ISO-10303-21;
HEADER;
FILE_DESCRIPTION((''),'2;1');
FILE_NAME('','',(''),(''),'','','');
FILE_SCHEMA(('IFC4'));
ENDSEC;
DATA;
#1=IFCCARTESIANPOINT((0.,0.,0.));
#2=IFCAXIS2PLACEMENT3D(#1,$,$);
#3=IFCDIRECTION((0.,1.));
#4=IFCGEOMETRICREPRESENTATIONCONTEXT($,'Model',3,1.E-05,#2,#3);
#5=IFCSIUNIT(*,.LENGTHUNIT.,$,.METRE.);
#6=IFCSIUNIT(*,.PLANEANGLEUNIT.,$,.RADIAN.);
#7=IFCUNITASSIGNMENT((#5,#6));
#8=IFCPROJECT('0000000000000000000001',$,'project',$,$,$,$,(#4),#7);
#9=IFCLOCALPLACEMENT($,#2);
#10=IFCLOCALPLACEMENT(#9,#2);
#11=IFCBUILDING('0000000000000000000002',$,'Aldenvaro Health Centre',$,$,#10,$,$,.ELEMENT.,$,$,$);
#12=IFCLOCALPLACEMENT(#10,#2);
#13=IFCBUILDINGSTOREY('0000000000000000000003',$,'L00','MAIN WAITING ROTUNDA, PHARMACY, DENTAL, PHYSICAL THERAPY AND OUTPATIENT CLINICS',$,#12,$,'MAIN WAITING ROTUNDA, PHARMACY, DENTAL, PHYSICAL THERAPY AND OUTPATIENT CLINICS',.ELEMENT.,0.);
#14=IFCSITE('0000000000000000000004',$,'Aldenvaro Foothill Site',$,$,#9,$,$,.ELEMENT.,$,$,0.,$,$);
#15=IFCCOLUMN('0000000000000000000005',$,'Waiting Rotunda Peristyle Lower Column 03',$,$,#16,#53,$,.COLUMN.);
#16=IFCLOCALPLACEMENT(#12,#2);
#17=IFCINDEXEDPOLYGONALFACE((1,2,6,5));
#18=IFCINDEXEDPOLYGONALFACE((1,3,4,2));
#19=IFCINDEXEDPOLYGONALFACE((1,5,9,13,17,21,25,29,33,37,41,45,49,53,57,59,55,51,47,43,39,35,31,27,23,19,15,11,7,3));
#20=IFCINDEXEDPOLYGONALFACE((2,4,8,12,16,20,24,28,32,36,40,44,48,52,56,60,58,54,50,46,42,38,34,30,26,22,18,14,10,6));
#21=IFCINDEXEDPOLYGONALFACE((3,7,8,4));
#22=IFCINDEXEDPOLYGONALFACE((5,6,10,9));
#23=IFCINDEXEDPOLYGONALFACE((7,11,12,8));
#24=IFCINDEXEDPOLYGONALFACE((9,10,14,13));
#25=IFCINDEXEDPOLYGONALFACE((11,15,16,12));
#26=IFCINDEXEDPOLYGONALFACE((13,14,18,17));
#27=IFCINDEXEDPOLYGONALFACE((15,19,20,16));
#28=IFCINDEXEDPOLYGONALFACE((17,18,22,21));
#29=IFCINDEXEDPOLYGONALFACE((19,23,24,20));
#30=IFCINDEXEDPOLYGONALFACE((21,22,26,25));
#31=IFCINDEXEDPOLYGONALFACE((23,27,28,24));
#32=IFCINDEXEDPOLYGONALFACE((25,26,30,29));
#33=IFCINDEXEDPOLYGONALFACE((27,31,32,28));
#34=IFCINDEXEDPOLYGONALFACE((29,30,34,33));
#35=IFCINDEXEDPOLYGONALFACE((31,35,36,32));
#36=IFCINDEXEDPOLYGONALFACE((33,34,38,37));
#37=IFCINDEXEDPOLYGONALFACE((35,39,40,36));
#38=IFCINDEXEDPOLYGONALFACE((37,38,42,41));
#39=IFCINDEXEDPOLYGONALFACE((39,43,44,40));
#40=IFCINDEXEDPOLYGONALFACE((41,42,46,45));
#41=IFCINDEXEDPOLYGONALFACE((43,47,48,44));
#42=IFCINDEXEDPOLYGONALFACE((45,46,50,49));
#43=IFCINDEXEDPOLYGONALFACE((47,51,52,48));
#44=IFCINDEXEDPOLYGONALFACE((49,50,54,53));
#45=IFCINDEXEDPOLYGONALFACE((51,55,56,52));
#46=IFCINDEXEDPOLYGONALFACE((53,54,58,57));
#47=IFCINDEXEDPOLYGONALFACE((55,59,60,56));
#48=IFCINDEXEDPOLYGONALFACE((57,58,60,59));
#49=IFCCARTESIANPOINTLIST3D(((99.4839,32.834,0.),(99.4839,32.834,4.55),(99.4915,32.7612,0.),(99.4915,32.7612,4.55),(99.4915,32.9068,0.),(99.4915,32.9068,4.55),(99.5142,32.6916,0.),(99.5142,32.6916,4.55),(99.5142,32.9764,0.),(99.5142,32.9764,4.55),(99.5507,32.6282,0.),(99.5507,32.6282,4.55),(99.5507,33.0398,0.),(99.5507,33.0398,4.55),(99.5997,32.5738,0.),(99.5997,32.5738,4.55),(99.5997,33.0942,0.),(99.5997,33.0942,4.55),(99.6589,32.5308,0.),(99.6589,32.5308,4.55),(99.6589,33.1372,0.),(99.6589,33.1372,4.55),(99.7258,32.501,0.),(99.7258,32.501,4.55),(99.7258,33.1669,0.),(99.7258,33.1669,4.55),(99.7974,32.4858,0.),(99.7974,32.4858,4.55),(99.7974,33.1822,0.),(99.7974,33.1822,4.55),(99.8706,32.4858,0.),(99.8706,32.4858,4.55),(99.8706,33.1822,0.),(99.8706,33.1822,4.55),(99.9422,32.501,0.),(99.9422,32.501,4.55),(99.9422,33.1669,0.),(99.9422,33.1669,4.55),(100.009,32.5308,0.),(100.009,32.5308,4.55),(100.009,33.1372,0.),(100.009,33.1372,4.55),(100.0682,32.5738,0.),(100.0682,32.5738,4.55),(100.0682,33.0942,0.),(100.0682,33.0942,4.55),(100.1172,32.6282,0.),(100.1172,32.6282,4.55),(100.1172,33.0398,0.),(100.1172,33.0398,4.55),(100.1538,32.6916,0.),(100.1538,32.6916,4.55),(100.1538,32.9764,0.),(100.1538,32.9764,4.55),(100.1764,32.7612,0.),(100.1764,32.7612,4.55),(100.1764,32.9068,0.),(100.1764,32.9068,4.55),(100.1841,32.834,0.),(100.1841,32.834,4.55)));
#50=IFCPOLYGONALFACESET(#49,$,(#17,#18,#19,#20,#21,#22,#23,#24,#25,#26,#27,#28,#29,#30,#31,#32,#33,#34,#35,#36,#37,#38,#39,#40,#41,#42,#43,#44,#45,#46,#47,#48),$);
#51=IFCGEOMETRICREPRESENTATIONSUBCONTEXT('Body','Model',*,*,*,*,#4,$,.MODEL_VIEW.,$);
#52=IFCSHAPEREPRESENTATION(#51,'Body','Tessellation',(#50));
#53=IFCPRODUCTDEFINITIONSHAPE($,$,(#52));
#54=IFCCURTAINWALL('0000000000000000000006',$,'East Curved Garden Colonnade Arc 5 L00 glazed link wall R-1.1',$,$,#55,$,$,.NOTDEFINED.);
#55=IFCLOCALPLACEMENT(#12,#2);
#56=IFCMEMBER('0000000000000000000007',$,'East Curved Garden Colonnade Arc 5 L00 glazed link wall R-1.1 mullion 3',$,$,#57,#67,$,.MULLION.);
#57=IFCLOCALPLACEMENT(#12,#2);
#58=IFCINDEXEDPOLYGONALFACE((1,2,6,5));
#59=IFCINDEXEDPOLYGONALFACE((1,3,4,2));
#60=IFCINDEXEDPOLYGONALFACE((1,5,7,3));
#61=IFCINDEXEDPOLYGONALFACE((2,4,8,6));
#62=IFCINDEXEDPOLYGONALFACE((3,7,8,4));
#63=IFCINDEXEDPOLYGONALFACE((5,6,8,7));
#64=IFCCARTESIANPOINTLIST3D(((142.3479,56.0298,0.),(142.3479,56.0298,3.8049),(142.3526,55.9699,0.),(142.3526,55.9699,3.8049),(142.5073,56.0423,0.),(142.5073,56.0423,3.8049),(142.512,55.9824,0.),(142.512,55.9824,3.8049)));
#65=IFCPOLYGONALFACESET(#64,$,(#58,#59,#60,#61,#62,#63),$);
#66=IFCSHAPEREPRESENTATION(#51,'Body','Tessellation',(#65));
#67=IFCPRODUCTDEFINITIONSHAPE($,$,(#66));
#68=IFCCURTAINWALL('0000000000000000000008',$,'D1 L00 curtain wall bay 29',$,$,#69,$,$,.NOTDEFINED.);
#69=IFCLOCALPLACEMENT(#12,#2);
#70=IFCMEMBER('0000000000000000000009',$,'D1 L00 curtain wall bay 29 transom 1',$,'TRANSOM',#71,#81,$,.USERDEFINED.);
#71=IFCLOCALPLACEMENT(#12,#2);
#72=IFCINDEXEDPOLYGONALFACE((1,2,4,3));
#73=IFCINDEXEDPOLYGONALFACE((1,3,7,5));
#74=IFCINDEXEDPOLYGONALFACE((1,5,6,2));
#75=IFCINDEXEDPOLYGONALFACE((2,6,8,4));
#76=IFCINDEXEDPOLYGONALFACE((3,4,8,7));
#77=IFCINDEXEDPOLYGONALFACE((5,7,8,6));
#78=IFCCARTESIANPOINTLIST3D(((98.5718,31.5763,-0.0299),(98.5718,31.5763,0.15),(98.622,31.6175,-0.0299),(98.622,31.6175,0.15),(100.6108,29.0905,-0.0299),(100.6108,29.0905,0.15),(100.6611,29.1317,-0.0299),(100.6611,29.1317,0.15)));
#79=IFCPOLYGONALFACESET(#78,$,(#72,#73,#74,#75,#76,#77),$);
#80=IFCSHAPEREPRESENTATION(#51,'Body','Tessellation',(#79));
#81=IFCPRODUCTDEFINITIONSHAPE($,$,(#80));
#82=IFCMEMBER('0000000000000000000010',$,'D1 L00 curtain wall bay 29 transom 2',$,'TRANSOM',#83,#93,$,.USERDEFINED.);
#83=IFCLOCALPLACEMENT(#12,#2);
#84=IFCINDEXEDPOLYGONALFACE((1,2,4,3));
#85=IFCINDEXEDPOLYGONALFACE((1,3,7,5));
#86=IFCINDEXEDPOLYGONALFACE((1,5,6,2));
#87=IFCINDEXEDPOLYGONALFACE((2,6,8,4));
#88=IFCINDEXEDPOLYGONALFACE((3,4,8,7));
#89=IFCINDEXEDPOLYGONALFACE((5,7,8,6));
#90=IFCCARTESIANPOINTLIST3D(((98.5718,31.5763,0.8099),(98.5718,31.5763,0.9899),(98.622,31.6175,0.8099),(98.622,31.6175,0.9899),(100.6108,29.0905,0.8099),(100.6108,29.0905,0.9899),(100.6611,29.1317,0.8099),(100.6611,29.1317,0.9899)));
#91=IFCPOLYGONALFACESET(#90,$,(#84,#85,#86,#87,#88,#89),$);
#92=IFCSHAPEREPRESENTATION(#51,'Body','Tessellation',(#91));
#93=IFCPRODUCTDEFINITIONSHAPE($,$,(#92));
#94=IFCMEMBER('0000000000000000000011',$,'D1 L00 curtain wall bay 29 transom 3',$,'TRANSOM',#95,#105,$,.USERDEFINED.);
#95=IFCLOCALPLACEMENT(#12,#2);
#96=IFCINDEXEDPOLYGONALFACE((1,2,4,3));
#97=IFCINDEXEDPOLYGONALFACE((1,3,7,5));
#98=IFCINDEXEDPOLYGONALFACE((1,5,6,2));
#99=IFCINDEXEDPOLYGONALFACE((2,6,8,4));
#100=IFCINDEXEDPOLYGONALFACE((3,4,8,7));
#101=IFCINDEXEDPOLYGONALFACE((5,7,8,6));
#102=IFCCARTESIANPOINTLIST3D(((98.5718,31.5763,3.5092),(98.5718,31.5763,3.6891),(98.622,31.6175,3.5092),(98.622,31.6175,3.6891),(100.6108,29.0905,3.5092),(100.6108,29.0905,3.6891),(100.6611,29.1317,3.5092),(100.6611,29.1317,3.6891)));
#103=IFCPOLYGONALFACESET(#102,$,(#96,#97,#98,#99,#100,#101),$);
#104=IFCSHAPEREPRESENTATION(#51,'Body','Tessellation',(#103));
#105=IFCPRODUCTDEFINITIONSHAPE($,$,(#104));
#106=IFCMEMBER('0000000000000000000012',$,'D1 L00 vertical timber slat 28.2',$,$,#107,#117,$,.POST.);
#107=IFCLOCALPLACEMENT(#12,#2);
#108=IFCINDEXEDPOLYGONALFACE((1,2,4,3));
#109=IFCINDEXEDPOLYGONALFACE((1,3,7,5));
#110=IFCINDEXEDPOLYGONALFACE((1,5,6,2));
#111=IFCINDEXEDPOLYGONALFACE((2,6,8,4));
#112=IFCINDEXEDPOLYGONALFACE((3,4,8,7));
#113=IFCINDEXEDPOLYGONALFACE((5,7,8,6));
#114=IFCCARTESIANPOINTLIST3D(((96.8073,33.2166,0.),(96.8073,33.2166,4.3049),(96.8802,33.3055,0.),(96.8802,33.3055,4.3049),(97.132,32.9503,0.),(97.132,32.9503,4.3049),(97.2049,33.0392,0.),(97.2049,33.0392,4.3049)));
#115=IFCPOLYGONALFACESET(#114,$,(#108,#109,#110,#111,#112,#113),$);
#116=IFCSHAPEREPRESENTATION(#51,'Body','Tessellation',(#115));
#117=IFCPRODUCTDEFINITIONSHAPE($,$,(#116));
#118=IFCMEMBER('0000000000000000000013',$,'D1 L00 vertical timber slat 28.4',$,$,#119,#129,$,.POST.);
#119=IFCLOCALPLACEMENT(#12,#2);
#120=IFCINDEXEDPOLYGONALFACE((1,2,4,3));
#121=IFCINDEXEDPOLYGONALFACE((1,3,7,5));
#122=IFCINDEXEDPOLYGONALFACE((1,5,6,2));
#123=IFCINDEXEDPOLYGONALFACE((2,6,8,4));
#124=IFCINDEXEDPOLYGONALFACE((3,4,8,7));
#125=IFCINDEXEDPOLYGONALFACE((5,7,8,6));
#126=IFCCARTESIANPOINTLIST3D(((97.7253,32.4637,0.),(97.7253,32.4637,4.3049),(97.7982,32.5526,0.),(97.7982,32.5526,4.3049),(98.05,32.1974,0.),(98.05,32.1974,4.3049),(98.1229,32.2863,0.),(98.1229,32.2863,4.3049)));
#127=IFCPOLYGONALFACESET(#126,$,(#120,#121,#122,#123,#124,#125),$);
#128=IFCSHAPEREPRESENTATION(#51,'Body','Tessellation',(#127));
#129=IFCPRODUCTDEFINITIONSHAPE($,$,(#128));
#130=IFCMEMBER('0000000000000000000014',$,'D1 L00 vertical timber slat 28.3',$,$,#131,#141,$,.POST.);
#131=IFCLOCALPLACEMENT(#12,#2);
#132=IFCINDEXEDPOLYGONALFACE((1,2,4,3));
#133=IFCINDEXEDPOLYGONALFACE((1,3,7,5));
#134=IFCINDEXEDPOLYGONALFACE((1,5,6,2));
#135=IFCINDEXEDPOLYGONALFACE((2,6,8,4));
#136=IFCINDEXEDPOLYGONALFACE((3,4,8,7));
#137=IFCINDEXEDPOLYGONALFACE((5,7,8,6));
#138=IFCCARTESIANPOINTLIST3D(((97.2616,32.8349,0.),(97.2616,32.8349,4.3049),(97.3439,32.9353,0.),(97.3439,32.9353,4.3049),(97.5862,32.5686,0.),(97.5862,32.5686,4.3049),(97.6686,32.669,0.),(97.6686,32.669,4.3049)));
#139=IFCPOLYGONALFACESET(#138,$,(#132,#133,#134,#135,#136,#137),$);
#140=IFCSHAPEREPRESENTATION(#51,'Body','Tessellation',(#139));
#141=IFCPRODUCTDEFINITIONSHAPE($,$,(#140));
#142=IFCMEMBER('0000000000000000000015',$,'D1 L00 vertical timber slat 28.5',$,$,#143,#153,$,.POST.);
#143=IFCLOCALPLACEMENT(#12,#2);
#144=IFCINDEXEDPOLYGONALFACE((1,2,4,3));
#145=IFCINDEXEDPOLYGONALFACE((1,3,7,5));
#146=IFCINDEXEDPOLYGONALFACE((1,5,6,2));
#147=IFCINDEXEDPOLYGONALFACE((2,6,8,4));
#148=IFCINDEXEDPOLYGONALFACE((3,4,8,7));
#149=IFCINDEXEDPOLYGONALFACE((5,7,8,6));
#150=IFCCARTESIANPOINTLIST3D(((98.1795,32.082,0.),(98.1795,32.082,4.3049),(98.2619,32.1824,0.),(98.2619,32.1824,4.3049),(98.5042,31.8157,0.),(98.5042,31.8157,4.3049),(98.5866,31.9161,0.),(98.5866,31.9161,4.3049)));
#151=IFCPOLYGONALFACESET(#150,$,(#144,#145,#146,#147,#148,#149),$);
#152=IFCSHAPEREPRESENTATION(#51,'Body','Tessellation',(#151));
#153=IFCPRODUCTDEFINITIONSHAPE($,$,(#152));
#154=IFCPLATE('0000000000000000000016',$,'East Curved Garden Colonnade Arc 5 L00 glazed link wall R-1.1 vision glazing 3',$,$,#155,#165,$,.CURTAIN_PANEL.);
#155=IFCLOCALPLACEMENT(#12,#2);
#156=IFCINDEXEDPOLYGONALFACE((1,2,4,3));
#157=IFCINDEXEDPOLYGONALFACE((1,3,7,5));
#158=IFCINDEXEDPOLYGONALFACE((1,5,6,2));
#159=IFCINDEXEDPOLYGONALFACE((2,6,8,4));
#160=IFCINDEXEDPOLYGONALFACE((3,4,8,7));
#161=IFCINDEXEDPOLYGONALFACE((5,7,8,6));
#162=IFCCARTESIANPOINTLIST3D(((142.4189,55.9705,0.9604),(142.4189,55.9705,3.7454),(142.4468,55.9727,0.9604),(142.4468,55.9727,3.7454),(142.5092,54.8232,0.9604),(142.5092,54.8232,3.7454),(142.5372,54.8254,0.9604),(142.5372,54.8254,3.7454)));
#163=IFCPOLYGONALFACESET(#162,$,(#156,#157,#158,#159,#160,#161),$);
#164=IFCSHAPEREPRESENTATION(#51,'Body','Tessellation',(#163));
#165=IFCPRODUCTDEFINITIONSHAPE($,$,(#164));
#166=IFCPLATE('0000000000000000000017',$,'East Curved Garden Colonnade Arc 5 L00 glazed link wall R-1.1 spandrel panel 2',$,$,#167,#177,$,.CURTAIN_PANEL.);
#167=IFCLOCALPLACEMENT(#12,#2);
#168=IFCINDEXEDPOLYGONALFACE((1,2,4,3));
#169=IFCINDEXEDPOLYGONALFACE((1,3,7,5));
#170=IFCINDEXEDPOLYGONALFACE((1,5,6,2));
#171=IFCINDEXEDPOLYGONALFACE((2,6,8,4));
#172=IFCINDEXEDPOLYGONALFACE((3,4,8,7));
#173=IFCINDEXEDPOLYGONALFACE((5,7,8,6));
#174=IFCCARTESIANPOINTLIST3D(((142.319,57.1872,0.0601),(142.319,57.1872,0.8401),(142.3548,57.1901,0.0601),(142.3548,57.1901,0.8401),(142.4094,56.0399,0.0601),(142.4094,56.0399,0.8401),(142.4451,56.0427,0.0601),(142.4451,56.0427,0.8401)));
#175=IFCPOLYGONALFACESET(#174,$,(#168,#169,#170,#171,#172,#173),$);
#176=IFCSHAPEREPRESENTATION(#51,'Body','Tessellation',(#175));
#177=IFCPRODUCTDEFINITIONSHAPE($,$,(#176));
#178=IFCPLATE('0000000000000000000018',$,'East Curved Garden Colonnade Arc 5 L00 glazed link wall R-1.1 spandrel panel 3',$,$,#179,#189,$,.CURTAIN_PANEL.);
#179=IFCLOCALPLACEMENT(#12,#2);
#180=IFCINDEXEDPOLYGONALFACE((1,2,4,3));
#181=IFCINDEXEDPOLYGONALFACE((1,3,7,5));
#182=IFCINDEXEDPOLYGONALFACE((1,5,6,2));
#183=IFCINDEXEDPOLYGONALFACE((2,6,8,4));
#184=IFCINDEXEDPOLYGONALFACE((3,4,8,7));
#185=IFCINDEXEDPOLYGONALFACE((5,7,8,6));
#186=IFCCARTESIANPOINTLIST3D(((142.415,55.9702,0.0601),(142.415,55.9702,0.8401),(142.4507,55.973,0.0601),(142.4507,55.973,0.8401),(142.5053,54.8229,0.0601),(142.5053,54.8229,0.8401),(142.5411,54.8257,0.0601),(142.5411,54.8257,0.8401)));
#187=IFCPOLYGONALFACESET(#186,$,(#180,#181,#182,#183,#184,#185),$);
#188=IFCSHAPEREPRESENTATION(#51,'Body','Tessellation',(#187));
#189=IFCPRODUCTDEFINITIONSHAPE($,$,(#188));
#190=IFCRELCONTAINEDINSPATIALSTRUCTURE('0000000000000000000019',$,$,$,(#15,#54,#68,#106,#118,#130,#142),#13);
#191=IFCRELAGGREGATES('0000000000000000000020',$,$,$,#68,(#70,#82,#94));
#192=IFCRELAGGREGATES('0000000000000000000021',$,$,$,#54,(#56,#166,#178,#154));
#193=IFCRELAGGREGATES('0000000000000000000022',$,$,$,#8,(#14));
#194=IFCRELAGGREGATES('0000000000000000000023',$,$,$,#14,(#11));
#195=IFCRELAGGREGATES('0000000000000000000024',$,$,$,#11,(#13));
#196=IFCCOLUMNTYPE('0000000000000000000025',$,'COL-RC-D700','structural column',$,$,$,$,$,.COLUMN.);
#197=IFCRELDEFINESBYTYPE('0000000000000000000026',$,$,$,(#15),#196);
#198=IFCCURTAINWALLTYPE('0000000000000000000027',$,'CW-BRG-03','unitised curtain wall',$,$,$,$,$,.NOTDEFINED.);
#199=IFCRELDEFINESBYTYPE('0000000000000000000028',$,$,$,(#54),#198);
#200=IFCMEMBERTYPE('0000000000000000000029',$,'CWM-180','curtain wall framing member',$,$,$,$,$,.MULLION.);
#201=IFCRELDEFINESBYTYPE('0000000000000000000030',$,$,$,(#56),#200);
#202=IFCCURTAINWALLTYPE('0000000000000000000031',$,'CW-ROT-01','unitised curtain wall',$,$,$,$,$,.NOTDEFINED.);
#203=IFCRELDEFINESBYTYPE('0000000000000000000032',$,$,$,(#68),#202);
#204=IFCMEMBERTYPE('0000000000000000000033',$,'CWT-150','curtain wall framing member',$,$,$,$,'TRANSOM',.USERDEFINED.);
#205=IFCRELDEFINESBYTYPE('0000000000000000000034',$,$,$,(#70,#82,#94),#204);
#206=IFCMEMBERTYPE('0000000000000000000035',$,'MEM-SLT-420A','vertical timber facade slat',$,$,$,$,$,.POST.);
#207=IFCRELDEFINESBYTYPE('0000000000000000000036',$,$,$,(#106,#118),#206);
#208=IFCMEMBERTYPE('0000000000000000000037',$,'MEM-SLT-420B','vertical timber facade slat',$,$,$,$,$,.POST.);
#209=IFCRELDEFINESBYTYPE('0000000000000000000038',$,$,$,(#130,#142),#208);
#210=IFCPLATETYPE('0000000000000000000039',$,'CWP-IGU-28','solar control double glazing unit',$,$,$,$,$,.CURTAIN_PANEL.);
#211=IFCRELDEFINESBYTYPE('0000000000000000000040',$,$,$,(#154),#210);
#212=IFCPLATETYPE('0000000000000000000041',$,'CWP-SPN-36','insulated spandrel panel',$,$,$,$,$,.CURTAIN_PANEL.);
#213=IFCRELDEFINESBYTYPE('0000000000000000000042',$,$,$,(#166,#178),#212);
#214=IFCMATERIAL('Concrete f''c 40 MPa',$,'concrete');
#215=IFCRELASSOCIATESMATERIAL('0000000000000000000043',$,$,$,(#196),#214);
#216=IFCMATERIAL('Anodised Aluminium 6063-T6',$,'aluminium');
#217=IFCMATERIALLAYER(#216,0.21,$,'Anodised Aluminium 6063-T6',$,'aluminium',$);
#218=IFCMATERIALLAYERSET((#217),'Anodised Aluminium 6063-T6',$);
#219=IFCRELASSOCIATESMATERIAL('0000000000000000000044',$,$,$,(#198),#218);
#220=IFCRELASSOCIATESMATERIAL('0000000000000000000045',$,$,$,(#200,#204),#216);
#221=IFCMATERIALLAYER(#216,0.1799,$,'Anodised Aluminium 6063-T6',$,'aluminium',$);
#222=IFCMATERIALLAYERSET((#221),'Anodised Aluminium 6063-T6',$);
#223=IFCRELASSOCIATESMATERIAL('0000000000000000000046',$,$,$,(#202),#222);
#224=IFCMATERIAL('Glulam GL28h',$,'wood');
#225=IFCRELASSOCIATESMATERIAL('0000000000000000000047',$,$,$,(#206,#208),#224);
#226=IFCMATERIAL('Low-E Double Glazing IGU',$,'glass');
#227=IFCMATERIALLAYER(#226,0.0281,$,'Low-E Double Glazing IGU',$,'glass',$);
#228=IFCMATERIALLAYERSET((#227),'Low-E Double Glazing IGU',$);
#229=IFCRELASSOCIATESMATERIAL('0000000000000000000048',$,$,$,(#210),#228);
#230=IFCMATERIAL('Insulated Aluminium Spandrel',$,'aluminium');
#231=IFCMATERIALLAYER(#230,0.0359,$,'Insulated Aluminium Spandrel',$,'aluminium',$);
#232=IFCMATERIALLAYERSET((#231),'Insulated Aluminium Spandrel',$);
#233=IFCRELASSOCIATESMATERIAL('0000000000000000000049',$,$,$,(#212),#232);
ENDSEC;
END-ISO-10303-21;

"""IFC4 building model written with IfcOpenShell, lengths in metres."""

from ifc_helpers import new_model, si_unit, direction, frame, origin, origin_2d, place, context, subcontext, project, spatial, rectangle, circle, extrude, material, layer, layer_set, material_profile, profile_set, type_object, element, aggregate, save


model = new_model("IFC4")

# Units and contexts
model_context = context("Model", 3, precision=1e-05, world=origin(), true_north=direction((0.0, 1.0)))
body_context = subcontext(model_context, "Body", "Model", "MODEL_VIEW")
ifc_project = project(units=[si_unit("LENGTHUNIT", "METRE"), si_unit("PLANEANGLEUNIT", "RADIAN")], contexts=[model_context])

# Site, building, storey
site_placement = place(None, origin())
site = spatial("IfcSite", under=ifc_project, at=site_placement, Name="Aldenvaro Foothill Site", CompositionType="ELEMENT", RefElevation=0.0)
building_placement = place(site_placement, origin())
building = spatial("IfcBuilding", under=site, at=building_placement, Name="Aldenvaro Health Centre", CompositionType="ELEMENT")
storey_placement = place(building_placement, origin())
storey = spatial("IfcBuildingStorey", under=building, at=storey_placement, Name="L00", Description="MAIN WAITING ROTUNDA, PHARMACY, DENTAL, PHYSICAL THERAPY AND OUTPATIENT CLINICS", LongName="MAIN WAITING ROTUNDA, PHARMACY, DENTAL, PHYSICAL THERAPY AND OUTPATIENT CLINICS", CompositionType="ELEMENT", Elevation=0.0)

# Column
ifc_material_1 = material(Name="Concrete f'c 40 MPa", Category="concrete")
ifc_material_profile_1 = material_profile(ifc_material_1, circle(Radius=0.3501, at=origin_2d()), Name="RC D700", Category="concrete")
ifc_profile_set_1 = profile_set([ifc_material_profile_1], Name="Concrete f'c 40 MPa")
column_type = type_object("IfcColumnType", Name="COL-RC-D700", Description="structural column", PredefinedType="COLUMN", material=ifc_profile_set_1)
column_placement = place(storey_placement, frame((99.834, 32.834, 0.0), z_axis=(0.0, 0.0, 1.0), x_axis=(1.0, 0.0, 0.0)))
element("IfcColumn", 1, at=column_placement, inside=storey, type_object=column_type, Name="Waiting Rotunda Peristyle Lower Column 03", PredefinedType="COLUMN", context=body_context, shape_type="SweptSolid", body=[
    extrude(circle(Radius=0.3501, at=origin_2d()), origin(), (0.0, 0.0, 1.0), 4.55),
])

# Curtain wall, member
ifc_material_2 = material(Name="Anodised Aluminium 6063-T6", Category="aluminium")
ifc_layer_1 = layer(ifc_material_2, 0.21, Name="Anodised Aluminium 6063-T6", Category="aluminium")
ifc_layer_set_1 = layer_set([ifc_layer_1], Name="Anodised Aluminium 6063-T6")
curtain_wall_type_1 = type_object("IfcCurtainWallType", Name="CW-BRG-03", Description="unitised curtain wall", PredefinedType="NOTDEFINED", material=ifc_layer_set_1)
curtain_wall_1_placement = place(storey_placement, origin())
curtain_wall_1 = element("IfcCurtainWall", 2, at=curtain_wall_1_placement, inside=storey, type_object=curtain_wall_type_1, Name="East Curved Garden Colonnade Arc 5 L00 glazed link wall R-1.1", PredefinedType="NOTDEFINED")
ifc_material_profile_2 = material_profile(ifc_material_2, rectangle(XDim=0.0601, YDim=0.1599, at=origin_2d()), Name="ALU 60x160", Category="aluminium")
ifc_profile_set_2 = profile_set([ifc_material_profile_2], Name="Anodised Aluminium 6063-T6")
member_type_1 = type_object("IfcMemberType", Name="CWM-180", Description="curtain wall framing member", PredefinedType="MULLION", material=ifc_profile_set_2)
member_1_placement = place(storey_placement, frame((142.4299, 56.0061, 0.0), z_axis=(0.0, 0.0, 1.0), x_axis=(0.078513, -0.996913, 0.0)))
member_1 = element("IfcMember", 3, at=member_1_placement, type_object=member_type_1, Name="East Curved Garden Colonnade Arc 5 L00 glazed link wall R-1.1 mullion 3", PredefinedType="MULLION", context=body_context, shape_type="SweptSolid", body=[
    extrude(rectangle(XDim=0.0601, YDim=0.1599, at=origin_2d()), origin(), (0.0, 0.0, 1.0), 3.8049),
])

# Curtain wall, members
ifc_layer_2 = layer(ifc_material_2, 0.1799, Name="Anodised Aluminium 6063-T6", Category="aluminium")
ifc_layer_set_2 = layer_set([ifc_layer_2], Name="Anodised Aluminium 6063-T6")
curtain_wall_type_2 = type_object("IfcCurtainWallType", Name="CW-ROT-01", Description="unitised curtain wall", PredefinedType="NOTDEFINED", material=ifc_layer_set_2)
curtain_wall_2_placement = place(storey_placement, origin())
curtain_wall_2 = element("IfcCurtainWall", 4, at=curtain_wall_2_placement, inside=storey, type_object=curtain_wall_type_2, Name="D1 L00 curtain wall bay 29", PredefinedType="NOTDEFINED")
ifc_material_profile_3 = material_profile(ifc_material_2, rectangle(XDim=0.0649, YDim=0.1799, at=origin_2d()), Name="ALU 65x180", Category="aluminium")
ifc_profile_set_3 = profile_set([ifc_material_profile_3], Name="Anodised Aluminium 6063-T6")
member_type_2 = type_object("IfcMemberType", Name="CWT-150", Description="curtain wall framing member", ElementType="TRANSOM", PredefinedType="USERDEFINED", material=ifc_profile_set_3)
member_2_placement = place(storey_placement, frame((98.5969, 31.5969, 0.0601), z_axis=(0.634205, -0.773165, 0.0), x_axis=(0.773165, 0.634205, 0.0)))
member_2 = element("IfcMember", 5, at=member_2_placement, type_object=member_type_2, Name="D1 L00 curtain wall bay 29 transom 1", ObjectType="TRANSOM", PredefinedType="USERDEFINED", context=body_context, shape_type="SweptSolid", body=[
    extrude(rectangle(XDim=0.0649, YDim=0.1799, at=origin_2d()), origin(), (0.0, 0.0, 1.0), 3.2151),
])
member_3_placement = place(storey_placement, frame((98.5969, 31.5969, 0.8999), z_axis=(0.634205, -0.773165, 0.0), x_axis=(0.773165, 0.634205, 0.0)))
member_3 = element("IfcMember", 6, at=member_3_placement, type_object=member_type_2, Name="D1 L00 curtain wall bay 29 transom 2", ObjectType="TRANSOM", PredefinedType="USERDEFINED", context=body_context, shape_type="SweptSolid", body=[
    extrude(rectangle(XDim=0.0649, YDim=0.1799, at=origin_2d()), origin(), (0.0, 0.0, 1.0), 3.2151),
])
member_4_placement = place(storey_placement, frame((98.5969, 31.5969, 3.5991), z_axis=(0.634205, -0.773165, 0.0), x_axis=(0.773165, 0.634205, 0.0)))
member_4 = element("IfcMember", 7, at=member_4_placement, type_object=member_type_2, Name="D1 L00 curtain wall bay 29 transom 3", ObjectType="TRANSOM", PredefinedType="USERDEFINED", context=body_context, shape_type="SweptSolid", body=[
    extrude(rectangle(XDim=0.0649, YDim=0.1799, at=origin_2d()), origin(), (0.0, 0.0, 1.0), 3.2151),
])
aggregate(curtain_wall_2, [member_2, member_3, member_4])

# Members
ifc_material_3 = material(Name="Glulam GL28h", Category="wood")
ifc_material_profile_4 = material_profile(ifc_material_3, rectangle(XDim=0.115, YDim=0.4199, at=origin_2d()), Name="GL 115x420", Category="wood")
ifc_profile_set_4 = profile_set([ifc_material_profile_4], Name="Glulam GL28h")
member_type_3 = type_object("IfcMemberType", Name="MEM-SLT-420A", Description="vertical timber facade slat", PredefinedType="POST", material=ifc_profile_set_4)
for number, where, z_axis, x_axis, name in (
    (8, (97.0061, 33.1279, 0.0), (0.0, 0.0, 1.0), (0.634169, 0.773195, 0.0), "D1 L00 vertical timber slat 28.2"),
    (9, (97.9241, 32.375, 0.0), (0.0, 0.0, 1.0), (0.634169, 0.773195, 0.0), "D1 L00 vertical timber slat 28.4"),
):
    element("IfcMember", number, at=place(storey_placement, frame(where, z_axis=z_axis, x_axis=x_axis)), inside=storey, type_object=member_type_3, Name=name, PredefinedType="POST", context=body_context, shape_type="SweptSolid", body=[
        extrude(rectangle(XDim=0.115, YDim=0.4199, at=origin_2d()), origin(), (0.0, 0.0, 1.0), 4.3049),
    ])
ifc_material_profile_5 = material_profile(ifc_material_3, rectangle(XDim=0.1299, YDim=0.4199, at=origin_2d()), Name="GL 130x420", Category="wood")
ifc_profile_set_5 = profile_set([ifc_material_profile_5], Name="Glulam GL28h")
member_type_4 = type_object("IfcMemberType", Name="MEM-SLT-420B", Description="vertical timber facade slat", PredefinedType="POST", material=ifc_profile_set_5)
for number, where, z_axis, x_axis, name in (
    (10, (97.4651, 32.752, 0.0), (0.0, 0.0, 1.0), (0.634169, 0.773195, 0.0), "D1 L00 vertical timber slat 28.3"),
    (11, (98.3831, 31.999, 0.0), (0.0, 0.0, 1.0), (0.634169, 0.773195, 0.0), "D1 L00 vertical timber slat 28.5"),
):
    element("IfcMember", number, at=place(storey_placement, frame(where, z_axis=z_axis, x_axis=x_axis)), inside=storey, type_object=member_type_4, Name=name, PredefinedType="POST", context=body_context, shape_type="SweptSolid", body=[
        extrude(rectangle(XDim=0.1299, YDim=0.4199, at=origin_2d()), origin(), (0.0, 0.0, 1.0), 4.3049),
    ])

# Plates
ifc_material_4 = material(Name="Low-E Double Glazing IGU", Category="glass")
ifc_layer_3 = layer(ifc_material_4, 0.0281, Name="Low-E Double Glazing IGU", Category="glass")
ifc_layer_set_3 = layer_set([ifc_layer_3], Name="Low-E Double Glazing IGU")
plate_type_1 = type_object("IfcPlateType", Name="CWP-IGU-28", Description="solar control double glazing unit", PredefinedType="CURTAIN_PANEL", material=ifc_layer_set_3)
plate_1_placement = place(storey_placement, frame((142.478, 55.3979, 0.9604), z_axis=(0.0, 0.0, 1.0), x_axis=(0.078513, -0.996913, 0.0)))
plate_1 = element("IfcPlate", 12, at=plate_1_placement, type_object=plate_type_1, Name="East Curved Garden Colonnade Arc 5 L00 glazed link wall R-1.1 vision glazing 3", PredefinedType="CURTAIN_PANEL", context=body_context, shape_type="SweptSolid", body=[
    extrude(rectangle(XDim=1.1509, YDim=0.0281, at=origin_2d()), origin(), (0.0, 0.0, 1.0), 2.7849),
])
ifc_material_5 = material(Name="Insulated Aluminium Spandrel", Category="aluminium")
ifc_layer_4 = layer(ifc_material_5, 0.0359, Name="Insulated Aluminium Spandrel", Category="aluminium")
ifc_layer_set_4 = layer_set([ifc_layer_4], Name="Insulated Aluminium Spandrel")
plate_type_2 = type_object("IfcPlateType", Name="CWP-SPN-36", Description="insulated spandrel panel", PredefinedType="CURTAIN_PANEL", material=ifc_layer_set_4)
plate_2_placement = place(storey_placement, frame((142.3821, 56.615, 0.0601), z_axis=(0.0, 0.0, 1.0), x_axis=(0.078513, -0.996913, 0.0)))
plate_2 = element("IfcPlate", 13, at=plate_2_placement, type_object=plate_type_2, Name="East Curved Garden Colonnade Arc 5 L00 glazed link wall R-1.1 spandrel panel 2", PredefinedType="CURTAIN_PANEL", context=body_context, shape_type="SweptSolid", body=[
    extrude(rectangle(XDim=1.1509, YDim=0.0359, at=origin_2d()), origin(), (0.0, 0.0, 1.0), 0.78),
])
plate_3_placement = place(storey_placement, frame((142.478, 55.3979, 0.0601), z_axis=(0.0, 0.0, 1.0), x_axis=(0.078513, -0.996913, 0.0)))
plate_3 = element("IfcPlate", 14, at=plate_3_placement, type_object=plate_type_2, Name="East Curved Garden Colonnade Arc 5 L00 glazed link wall R-1.1 spandrel panel 3", PredefinedType="CURTAIN_PANEL", context=body_context, shape_type="SweptSolid", body=[
    extrude(rectangle(XDim=1.1509, YDim=0.0359, at=origin_2d()), origin(), (0.0, 0.0, 1.0), 0.78),
])
aggregate(curtain_wall_1, [member_1, plate_2, plate_3, plate_1])

save(model, "model.ifc")
